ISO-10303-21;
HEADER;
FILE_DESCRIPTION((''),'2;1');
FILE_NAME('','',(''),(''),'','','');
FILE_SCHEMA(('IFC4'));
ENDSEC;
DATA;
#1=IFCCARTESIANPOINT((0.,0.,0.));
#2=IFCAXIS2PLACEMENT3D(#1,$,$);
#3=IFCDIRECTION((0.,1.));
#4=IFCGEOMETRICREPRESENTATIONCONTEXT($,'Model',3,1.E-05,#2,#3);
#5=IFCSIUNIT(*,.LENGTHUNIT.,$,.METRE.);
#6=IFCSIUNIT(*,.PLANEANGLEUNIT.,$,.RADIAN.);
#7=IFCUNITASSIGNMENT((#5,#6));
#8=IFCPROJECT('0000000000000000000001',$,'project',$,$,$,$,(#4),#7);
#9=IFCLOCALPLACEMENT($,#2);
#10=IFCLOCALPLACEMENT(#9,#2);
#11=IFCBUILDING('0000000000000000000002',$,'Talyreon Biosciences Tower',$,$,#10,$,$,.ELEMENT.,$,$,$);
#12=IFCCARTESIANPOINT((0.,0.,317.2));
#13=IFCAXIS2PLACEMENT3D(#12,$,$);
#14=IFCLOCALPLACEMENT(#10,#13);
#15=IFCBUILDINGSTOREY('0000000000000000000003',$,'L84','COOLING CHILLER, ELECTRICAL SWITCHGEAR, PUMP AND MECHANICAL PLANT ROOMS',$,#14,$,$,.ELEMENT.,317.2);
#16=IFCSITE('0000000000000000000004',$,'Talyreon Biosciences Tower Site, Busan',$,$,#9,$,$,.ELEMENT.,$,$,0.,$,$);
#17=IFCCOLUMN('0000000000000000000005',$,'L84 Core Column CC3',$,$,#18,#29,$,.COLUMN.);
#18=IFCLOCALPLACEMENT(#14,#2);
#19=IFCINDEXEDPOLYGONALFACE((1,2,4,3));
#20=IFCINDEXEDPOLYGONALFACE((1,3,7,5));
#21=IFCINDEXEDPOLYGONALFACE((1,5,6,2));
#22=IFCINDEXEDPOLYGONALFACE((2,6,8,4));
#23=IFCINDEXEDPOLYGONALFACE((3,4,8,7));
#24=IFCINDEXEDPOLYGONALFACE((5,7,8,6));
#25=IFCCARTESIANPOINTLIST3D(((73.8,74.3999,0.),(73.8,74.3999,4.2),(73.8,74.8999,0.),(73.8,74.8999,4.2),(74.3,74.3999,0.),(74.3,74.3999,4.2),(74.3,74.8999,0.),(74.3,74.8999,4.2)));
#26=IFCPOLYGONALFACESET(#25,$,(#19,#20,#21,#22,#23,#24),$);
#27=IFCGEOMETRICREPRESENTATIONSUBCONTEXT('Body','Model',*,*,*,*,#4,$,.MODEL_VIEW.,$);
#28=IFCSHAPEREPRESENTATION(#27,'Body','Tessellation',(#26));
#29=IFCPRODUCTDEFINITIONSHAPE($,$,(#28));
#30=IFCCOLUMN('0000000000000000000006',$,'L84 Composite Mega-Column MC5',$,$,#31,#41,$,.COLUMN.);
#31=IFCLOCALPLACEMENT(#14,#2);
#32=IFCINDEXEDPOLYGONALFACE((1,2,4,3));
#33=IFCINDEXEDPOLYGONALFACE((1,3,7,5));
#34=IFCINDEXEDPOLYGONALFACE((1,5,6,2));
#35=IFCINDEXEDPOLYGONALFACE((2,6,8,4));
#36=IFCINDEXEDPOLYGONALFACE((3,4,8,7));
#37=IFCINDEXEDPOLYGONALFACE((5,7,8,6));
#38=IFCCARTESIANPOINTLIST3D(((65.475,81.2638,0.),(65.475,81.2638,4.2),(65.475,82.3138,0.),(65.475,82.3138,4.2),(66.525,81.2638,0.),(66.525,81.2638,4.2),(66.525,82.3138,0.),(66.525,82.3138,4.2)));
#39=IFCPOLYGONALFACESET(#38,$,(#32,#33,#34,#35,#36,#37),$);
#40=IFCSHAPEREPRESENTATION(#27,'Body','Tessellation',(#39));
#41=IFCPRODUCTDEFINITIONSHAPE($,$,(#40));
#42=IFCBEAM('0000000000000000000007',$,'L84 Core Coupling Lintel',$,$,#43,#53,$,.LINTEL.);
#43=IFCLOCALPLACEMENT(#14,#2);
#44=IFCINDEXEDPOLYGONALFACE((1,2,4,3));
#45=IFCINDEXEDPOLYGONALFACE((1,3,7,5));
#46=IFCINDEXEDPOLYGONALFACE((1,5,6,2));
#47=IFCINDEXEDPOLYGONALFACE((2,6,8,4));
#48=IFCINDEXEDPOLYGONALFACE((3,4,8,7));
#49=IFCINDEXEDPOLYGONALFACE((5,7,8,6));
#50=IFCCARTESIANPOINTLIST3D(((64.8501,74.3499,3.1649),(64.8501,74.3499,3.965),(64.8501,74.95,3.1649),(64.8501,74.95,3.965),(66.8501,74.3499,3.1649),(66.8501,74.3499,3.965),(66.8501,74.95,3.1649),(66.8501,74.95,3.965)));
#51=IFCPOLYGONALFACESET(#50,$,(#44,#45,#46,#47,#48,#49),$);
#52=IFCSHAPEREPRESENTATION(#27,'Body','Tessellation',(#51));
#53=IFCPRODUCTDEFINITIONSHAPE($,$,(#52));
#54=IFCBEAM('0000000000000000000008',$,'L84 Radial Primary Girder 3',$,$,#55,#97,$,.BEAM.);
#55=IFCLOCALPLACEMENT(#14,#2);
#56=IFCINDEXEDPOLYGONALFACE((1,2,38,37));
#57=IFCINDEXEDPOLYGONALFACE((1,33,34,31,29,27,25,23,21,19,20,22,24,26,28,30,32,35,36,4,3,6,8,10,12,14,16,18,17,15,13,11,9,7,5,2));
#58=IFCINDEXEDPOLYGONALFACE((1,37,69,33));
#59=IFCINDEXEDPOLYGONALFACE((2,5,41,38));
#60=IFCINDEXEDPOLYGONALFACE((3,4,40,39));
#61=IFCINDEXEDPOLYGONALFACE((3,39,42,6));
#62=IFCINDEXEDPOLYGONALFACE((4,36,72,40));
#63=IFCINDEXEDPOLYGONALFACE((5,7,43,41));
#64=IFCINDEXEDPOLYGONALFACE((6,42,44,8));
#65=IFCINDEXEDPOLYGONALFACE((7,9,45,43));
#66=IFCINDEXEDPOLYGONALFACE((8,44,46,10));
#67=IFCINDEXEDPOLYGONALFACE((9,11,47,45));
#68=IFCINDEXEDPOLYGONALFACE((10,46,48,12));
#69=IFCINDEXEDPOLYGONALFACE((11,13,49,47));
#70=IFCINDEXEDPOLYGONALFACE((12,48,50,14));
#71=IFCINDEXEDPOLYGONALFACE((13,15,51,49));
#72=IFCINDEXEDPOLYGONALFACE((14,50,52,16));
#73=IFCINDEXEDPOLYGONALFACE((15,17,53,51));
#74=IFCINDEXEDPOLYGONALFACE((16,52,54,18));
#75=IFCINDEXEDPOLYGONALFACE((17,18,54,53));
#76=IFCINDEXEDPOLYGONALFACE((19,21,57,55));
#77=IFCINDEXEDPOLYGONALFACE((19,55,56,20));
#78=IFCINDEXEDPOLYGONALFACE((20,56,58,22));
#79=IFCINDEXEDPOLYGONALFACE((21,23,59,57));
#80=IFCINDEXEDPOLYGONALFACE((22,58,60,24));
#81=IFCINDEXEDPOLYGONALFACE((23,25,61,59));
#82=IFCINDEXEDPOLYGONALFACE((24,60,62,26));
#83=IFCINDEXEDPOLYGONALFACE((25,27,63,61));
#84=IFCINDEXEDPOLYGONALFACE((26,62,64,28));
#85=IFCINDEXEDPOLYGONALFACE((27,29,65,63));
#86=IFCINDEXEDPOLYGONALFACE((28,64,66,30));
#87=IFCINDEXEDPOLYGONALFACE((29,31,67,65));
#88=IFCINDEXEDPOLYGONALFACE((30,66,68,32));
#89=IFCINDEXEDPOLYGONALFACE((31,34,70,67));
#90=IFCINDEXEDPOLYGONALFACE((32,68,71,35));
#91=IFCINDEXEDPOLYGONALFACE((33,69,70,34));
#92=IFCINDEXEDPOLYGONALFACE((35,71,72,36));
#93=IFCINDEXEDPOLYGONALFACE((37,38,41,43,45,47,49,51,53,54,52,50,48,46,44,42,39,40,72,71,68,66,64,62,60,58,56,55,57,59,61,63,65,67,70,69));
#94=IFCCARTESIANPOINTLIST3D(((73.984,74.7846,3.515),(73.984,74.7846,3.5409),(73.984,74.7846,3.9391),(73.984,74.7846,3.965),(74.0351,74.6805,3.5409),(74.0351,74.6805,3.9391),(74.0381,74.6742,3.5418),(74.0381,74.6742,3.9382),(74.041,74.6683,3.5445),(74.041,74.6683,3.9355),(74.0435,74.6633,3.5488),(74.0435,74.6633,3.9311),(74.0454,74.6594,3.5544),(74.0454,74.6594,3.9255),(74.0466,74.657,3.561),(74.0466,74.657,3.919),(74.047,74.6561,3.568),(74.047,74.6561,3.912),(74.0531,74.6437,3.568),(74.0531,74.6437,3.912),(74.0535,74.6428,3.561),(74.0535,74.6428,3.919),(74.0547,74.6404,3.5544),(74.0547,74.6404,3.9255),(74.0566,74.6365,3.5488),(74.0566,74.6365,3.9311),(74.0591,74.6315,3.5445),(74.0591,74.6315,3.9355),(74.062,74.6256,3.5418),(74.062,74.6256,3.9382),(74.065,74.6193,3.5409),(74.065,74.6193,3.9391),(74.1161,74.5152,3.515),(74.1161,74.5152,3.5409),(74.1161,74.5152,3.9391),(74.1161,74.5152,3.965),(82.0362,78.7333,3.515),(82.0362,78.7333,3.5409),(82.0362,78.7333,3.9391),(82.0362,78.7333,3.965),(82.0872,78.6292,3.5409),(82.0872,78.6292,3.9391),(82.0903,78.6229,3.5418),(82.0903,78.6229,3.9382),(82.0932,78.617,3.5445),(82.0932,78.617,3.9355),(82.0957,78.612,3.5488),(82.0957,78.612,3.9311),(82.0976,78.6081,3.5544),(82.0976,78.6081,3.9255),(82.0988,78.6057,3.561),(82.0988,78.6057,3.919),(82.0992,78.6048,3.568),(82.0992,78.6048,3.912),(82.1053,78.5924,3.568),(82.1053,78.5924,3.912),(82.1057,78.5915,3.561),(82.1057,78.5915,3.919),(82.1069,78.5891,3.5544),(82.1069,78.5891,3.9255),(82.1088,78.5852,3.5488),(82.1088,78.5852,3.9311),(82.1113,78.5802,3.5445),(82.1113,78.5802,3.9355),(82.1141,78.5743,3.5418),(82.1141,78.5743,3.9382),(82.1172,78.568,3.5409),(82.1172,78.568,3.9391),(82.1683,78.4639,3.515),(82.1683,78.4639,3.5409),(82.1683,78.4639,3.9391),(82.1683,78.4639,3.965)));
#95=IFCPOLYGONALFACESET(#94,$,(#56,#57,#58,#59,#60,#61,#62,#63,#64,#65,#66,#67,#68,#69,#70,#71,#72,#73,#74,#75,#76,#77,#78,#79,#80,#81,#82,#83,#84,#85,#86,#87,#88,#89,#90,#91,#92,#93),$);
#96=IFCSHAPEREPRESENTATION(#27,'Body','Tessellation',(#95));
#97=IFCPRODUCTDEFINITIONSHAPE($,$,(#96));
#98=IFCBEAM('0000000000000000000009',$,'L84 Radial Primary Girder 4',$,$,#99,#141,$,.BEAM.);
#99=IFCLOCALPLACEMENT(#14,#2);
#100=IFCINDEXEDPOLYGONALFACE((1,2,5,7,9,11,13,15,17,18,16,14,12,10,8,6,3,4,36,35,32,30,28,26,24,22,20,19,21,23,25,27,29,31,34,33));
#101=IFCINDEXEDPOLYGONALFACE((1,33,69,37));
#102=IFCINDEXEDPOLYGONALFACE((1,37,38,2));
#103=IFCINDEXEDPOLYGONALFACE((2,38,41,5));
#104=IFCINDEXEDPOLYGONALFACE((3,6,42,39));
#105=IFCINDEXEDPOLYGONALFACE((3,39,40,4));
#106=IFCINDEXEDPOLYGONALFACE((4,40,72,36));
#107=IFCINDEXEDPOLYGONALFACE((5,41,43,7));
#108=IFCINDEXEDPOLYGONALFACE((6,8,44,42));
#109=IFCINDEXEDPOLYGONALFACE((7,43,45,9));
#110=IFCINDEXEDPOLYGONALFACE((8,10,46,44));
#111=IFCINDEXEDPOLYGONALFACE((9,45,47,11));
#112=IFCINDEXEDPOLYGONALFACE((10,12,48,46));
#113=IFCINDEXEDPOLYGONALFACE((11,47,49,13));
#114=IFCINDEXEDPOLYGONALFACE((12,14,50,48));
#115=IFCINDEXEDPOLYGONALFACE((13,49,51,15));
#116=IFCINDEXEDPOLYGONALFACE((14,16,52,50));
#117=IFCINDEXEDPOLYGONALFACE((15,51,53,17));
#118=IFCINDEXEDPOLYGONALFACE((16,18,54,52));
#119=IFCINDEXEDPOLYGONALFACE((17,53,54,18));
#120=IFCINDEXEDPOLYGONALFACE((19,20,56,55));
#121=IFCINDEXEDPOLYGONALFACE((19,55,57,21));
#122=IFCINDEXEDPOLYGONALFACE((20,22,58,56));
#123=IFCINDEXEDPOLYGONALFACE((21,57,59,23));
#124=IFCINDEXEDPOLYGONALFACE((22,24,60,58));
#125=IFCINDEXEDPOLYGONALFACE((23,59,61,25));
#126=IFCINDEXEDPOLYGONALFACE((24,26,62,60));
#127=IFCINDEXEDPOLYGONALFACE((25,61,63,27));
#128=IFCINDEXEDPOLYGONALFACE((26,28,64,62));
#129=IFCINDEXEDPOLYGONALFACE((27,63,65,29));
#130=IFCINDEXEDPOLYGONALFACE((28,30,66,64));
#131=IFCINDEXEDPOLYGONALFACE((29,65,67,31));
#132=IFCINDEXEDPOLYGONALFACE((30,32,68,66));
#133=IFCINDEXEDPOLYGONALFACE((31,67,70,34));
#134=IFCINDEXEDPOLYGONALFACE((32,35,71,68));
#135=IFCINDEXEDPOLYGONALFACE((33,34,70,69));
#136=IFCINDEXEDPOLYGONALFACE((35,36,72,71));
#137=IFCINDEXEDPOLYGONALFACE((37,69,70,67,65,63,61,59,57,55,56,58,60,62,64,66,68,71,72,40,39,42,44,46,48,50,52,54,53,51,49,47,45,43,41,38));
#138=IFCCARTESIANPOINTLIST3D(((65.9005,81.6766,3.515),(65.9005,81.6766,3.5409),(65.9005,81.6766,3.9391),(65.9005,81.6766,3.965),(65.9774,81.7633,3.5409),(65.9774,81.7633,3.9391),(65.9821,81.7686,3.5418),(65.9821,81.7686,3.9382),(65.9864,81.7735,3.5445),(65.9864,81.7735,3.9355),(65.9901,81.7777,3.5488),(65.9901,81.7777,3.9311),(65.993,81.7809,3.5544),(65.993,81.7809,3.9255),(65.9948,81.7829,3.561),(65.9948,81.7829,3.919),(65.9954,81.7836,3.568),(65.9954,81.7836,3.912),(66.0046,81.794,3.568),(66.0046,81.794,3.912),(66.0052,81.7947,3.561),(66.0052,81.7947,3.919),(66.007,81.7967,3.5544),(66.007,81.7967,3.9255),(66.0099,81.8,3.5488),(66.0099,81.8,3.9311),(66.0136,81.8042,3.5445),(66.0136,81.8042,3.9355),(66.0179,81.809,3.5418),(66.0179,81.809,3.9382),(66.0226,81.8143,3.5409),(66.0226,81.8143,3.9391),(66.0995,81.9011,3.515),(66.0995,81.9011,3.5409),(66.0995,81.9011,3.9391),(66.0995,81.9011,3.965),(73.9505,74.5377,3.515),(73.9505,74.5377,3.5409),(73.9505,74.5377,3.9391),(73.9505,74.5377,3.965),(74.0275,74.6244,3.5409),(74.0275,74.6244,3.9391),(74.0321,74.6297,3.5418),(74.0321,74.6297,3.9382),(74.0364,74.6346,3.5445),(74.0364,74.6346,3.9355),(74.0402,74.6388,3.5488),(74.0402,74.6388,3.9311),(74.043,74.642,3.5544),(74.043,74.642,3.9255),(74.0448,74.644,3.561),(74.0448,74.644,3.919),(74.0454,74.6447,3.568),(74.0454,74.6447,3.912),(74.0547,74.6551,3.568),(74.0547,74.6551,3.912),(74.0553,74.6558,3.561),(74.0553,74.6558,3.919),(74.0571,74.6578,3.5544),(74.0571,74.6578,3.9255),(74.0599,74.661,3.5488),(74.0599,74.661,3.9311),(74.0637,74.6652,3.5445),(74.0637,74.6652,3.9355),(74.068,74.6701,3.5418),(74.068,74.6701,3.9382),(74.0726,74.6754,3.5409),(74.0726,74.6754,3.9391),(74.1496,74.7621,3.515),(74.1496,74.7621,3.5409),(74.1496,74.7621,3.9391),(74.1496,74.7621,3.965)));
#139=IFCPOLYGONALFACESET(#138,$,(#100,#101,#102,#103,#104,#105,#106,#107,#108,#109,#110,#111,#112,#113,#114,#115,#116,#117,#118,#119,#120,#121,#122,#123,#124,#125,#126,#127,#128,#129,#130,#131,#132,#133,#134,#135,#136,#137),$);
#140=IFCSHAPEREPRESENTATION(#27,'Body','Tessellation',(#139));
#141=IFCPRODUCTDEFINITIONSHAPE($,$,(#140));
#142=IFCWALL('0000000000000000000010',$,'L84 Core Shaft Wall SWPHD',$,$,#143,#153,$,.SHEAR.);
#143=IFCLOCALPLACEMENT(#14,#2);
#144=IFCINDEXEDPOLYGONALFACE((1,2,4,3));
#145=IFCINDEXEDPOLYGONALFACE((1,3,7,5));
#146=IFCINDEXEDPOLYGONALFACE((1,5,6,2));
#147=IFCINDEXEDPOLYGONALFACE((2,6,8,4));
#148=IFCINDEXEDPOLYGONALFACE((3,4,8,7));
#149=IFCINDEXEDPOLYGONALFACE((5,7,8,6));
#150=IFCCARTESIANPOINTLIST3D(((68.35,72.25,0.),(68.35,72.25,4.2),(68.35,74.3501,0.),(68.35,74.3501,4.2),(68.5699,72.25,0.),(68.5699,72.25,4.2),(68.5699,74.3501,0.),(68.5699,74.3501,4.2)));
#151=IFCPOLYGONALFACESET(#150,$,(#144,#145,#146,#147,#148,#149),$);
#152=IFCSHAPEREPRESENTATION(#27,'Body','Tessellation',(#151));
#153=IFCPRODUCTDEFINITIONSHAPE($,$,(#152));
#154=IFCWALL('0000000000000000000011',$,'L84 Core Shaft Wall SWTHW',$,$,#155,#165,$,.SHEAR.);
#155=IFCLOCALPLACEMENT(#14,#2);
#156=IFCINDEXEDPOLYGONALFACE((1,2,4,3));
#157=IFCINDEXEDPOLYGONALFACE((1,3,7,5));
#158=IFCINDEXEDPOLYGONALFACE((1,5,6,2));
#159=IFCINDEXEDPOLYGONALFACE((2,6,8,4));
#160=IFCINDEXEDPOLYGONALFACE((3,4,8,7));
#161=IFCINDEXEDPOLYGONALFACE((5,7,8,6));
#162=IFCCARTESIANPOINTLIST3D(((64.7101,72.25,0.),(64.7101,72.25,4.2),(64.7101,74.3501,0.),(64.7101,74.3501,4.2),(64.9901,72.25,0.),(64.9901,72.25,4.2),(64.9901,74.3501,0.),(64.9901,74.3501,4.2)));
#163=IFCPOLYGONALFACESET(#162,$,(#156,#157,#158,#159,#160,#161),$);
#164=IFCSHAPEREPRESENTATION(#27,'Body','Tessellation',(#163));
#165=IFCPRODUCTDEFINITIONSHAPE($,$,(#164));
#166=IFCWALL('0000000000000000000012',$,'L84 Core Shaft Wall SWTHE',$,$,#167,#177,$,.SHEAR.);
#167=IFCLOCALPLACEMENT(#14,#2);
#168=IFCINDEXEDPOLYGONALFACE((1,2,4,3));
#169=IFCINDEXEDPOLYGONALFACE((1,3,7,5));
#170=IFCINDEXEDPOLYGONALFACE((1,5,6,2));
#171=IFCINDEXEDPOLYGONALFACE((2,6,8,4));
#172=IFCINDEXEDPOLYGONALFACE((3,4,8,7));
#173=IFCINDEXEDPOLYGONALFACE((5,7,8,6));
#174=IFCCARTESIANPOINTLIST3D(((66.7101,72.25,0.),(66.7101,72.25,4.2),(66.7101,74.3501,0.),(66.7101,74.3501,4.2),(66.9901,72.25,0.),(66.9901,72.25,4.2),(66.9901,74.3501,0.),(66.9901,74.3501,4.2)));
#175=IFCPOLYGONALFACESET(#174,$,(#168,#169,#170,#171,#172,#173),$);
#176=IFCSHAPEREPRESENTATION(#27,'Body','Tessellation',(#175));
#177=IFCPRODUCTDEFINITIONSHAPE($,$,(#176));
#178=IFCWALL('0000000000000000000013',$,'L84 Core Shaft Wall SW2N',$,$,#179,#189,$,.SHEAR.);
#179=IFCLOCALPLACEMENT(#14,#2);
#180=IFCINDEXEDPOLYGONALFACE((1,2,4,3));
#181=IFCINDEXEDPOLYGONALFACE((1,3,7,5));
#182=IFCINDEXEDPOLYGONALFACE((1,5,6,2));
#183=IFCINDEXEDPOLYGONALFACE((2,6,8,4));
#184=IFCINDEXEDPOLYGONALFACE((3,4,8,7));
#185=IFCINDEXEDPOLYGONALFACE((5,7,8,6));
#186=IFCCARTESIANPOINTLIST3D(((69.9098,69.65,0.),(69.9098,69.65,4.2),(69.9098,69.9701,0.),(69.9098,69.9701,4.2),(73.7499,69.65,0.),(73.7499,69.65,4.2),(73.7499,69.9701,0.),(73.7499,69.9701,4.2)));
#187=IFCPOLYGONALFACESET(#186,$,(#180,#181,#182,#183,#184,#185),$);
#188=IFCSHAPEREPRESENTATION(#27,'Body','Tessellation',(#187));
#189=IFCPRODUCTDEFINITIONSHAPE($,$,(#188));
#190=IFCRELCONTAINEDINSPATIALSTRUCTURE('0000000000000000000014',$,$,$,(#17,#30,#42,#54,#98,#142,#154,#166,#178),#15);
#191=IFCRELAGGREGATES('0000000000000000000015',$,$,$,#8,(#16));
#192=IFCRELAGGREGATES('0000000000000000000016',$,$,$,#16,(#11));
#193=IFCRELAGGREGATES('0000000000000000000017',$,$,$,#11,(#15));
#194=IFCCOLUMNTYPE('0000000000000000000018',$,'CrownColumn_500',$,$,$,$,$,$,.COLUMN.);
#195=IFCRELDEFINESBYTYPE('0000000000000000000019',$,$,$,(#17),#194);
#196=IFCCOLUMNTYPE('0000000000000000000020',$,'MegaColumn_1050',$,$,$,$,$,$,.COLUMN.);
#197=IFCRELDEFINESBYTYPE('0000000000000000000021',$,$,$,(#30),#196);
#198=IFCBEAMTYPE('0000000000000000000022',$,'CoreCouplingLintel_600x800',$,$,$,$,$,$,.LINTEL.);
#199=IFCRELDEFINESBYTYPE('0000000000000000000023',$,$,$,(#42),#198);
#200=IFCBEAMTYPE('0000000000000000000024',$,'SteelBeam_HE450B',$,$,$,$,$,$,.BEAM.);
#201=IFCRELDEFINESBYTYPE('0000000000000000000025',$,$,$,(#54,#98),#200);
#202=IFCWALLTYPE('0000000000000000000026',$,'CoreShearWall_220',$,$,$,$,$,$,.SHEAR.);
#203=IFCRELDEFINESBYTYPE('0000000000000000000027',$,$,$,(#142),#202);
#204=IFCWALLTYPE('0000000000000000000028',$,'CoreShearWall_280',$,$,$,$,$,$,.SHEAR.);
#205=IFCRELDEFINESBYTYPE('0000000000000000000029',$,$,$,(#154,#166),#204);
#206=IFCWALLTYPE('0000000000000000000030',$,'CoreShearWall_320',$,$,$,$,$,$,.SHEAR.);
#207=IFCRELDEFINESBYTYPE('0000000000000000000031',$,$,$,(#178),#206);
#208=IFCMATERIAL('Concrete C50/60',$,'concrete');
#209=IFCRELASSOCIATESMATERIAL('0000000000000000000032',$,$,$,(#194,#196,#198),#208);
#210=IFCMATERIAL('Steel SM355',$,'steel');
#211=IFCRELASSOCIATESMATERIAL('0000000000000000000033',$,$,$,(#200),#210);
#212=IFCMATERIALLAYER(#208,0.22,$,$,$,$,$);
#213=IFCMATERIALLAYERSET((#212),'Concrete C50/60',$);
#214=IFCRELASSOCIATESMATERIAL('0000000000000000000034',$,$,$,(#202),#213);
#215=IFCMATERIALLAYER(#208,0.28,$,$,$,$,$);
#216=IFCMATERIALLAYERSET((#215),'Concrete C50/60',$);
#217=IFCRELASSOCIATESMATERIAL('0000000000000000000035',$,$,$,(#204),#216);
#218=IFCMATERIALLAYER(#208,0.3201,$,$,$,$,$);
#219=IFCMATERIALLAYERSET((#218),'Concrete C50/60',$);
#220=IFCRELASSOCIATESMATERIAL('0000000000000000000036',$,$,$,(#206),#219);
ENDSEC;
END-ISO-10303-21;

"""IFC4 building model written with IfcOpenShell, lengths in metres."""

from ifc_helpers import new_model, si_unit, direction, frame, frame_2d, origin, origin_2d, place, context, subcontext, project, spatial, rectangle, i_section, extrude, material, layer, layer_set, material_profile, profile_set, type_object, element, save


model = new_model("IFC4")

# Units and contexts
model_context = context("Model", 3, precision=1e-05, world=origin(), true_north=direction((0.0, 1.0)))
body_context = subcontext(model_context, "Body", "Model", "MODEL_VIEW")
ifc_project = project(units=[si_unit("LENGTHUNIT", "METRE"), si_unit("PLANEANGLEUNIT", "RADIAN")], contexts=[model_context])

# Site, building, storey
site_placement = place(None, origin())
site = spatial("IfcSite", under=ifc_project, at=site_placement, Name="Talyreon Biosciences Tower Site, Busan", CompositionType="ELEMENT", RefElevation=0.0)
building_placement = place(site_placement, origin())
building = spatial("IfcBuilding", under=site, at=building_placement, Name="Talyreon Biosciences Tower", CompositionType="ELEMENT")
storey_placement = place(building_placement, frame((0.0, 0.0, 317.2)))
storey = spatial("IfcBuildingStorey", under=building, at=storey_placement, Name="L84", Description="COOLING CHILLER, ELECTRICAL SWITCHGEAR, PUMP AND MECHANICAL PLANT ROOMS", CompositionType="ELEMENT", Elevation=317.2)

# Columns
ifc_material_1 = material(Name="Concrete C50/60", Category="concrete")
ifc_material_profile_1 = material_profile(ifc_material_1, rectangle(XDim=0.5, YDim=0.5, at=origin_2d()), Name="RC 500x500")
ifc_profile_set_1 = profile_set([ifc_material_profile_1], Name="Concrete C50/60")
column_type_1 = type_object("IfcColumnType", Name="CrownColumn_500", PredefinedType="COLUMN", material=ifc_profile_set_1)
column_1_placement = place(storey_placement, frame((74.05, 74.6499, 0.0), z_axis=(0.0, 0.0, 1.0), x_axis=(1.0, 0.0, 0.0)))
element("IfcColumn", 1, at=column_1_placement, inside=storey, type_object=column_type_1, Name="L84 Core Column CC3", PredefinedType="COLUMN", context=body_context, shape_type="SweptSolid", body=[
    extrude(rectangle(XDim=0.5, YDim=0.5, at=origin_2d()), origin(), (0.0, 0.0, 1.0), 4.2),
])
ifc_material_profile_2 = material_profile(ifc_material_1, rectangle(XDim=1.05, YDim=1.05, at=origin_2d()), Name="RC 1050x1050")
ifc_profile_set_2 = profile_set([ifc_material_profile_2], Name="Concrete C50/60")
column_type_2 = type_object("IfcColumnType", Name="MegaColumn_1050", PredefinedType="COLUMN", material=ifc_profile_set_2)
column_2_placement = place(storey_placement, frame((66.0, 81.7888, 0.0), z_axis=(0.0, 0.0, 1.0), x_axis=(1.0, 0.0, 0.0)))
element("IfcColumn", 2, at=column_2_placement, inside=storey, type_object=column_type_2, Name="L84 Composite Mega-Column MC5", PredefinedType="COLUMN", context=body_context, shape_type="SweptSolid", body=[
    extrude(rectangle(XDim=1.05, YDim=1.05, at=origin_2d()), origin(), (0.0, 0.0, 1.0), 4.2),
])

# Beams
ifc_material_profile_3 = material_profile(ifc_material_1, rectangle(XDim=0.6001, YDim=0.8, at=origin_2d()), Name="RCB 600x800")
ifc_profile_set_3 = profile_set([ifc_material_profile_3], Name="Concrete C50/60")
beam_type_1 = type_object("IfcBeamType", Name="CoreCouplingLintel_600x800", PredefinedType="LINTEL", material=ifc_profile_set_3)
beam_1_placement = place(storey_placement, frame((64.8501, 74.6499, 3.5649), z_axis=(1.0, 0.0, 0.0), x_axis=(0.0, 1.0, 0.0)))
element("IfcBeam", 3, at=beam_1_placement, inside=storey, type_object=beam_type_1, Name="L84 Core Coupling Lintel", PredefinedType="LINTEL", context=body_context, shape_type="SweptSolid", body=[
    extrude(rectangle(XDim=0.6001, YDim=0.8, at=origin_2d()), origin(), (0.0, 0.0, 1.0), 2.0),
])
ifc_material_2 = material(Name="Steel SM355", Category="steel")
ifc_material_profile_4 = material_profile(ifc_material_2, i_section(OverallWidth=0.3, OverallDepth=0.45, WebThickness=0.0139, FlangeThickness=0.0259, FilletRadius=0.0271, at=origin_2d()), Name="HE450B")
ifc_profile_set_4 = profile_set([ifc_material_profile_4], Name="Steel SM355")
beam_type_2 = type_object("IfcBeamType", Name="SteelBeam_HE450B", PredefinedType="BEAM", material=ifc_profile_set_4)
beam_2_placement = place(storey_placement, frame((74.05, 74.6499, 3.74), z_axis=(0.897852, 0.440297, 0.0), x_axis=(-0.440297, 0.897852, 0.0)))
element("IfcBeam", 4, at=beam_2_placement, inside=storey, type_object=beam_type_2, Name="L84 Radial Primary Girder 3", PredefinedType="BEAM", context=body_context, shape_type="SweptSolid", body=[
    extrude(i_section(OverallWidth=0.3, OverallDepth=0.45, WebThickness=0.0139, FlangeThickness=0.0259, FilletRadius=0.0271, at=origin_2d()), origin(), (0.0, 0.0, 1.0), 8.9683),
])
beam_3_placement = place(storey_placement, frame((74.05, 74.6499, 3.74), z_axis=(-0.748179, 0.663497, 0.0), x_axis=(-0.663497, -0.748179, 0.0)))
element("IfcBeam", 5, at=beam_3_placement, inside=storey, type_object=beam_type_2, Name="L84 Radial Primary Girder 4", PredefinedType="BEAM", context=body_context, shape_type="SweptSolid", body=[
    extrude(i_section(OverallWidth=0.3, OverallDepth=0.45, WebThickness=0.0139, FlangeThickness=0.0259, FilletRadius=0.0271, at=origin_2d()), origin(), (0.0, 0.0, 1.0), 10.7595),
])

# Walls
ifc_layer_1 = layer(ifc_material_1, 0.22)
ifc_layer_set_1 = layer_set([ifc_layer_1], Name="Concrete C50/60")
wall_type_1 = type_object("IfcWallType", Name="CoreShearWall_220", PredefinedType="SHEAR", material=ifc_layer_set_1)
wall_1_placement = place(storey_placement, frame((68.46, 72.25, 0.0), z_axis=(0.0, 0.0, 1.0), x_axis=(0.0, 1.0, 0.0)))
element("IfcWall", 6, at=wall_1_placement, inside=storey, type_object=wall_type_1, Name="L84 Core Shaft Wall SWPHD", PredefinedType="SHEAR", context=body_context, shape_type="SweptSolid", body=[
    extrude(rectangle(XDim=2.1001, YDim=0.22, at=frame_2d((1.05, 0.0))), origin(), (0.0, 0.0, 1.0), 4.2),
])
ifc_layer_2 = layer(ifc_material_1, 0.28)
ifc_layer_set_2 = layer_set([ifc_layer_2], Name="Concrete C50/60")
wall_type_2 = type_object("IfcWallType", Name="CoreShearWall_280", PredefinedType="SHEAR", material=ifc_layer_set_2)
for number, where, z_axis, x_axis, name in (
    (7, (64.8501, 72.25, 0.0), (0.0, 0.0, 1.0), (0.0, 1.0, 0.0), "L84 Core Shaft Wall SWTHW"),
    (8, (66.8501, 72.25, 0.0), (0.0, 0.0, 1.0), (0.0, 1.0, 0.0), "L84 Core Shaft Wall SWTHE"),
):
    element("IfcWall", number, at=place(storey_placement, frame(where, z_axis=z_axis, x_axis=x_axis)), inside=storey, type_object=wall_type_2, Name=name, PredefinedType="SHEAR", context=body_context, shape_type="SweptSolid", body=[
        extrude(rectangle(XDim=2.1001, YDim=0.28, at=frame_2d((1.05, 0.0))), origin(), (0.0, 0.0, 1.0), 4.2),
    ])
ifc_layer_3 = layer(ifc_material_1, 0.3201)
ifc_layer_set_3 = layer_set([ifc_layer_3], Name="Concrete C50/60")
wall_type_3 = type_object("IfcWallType", Name="CoreShearWall_320", PredefinedType="SHEAR", material=ifc_layer_set_3)
wall_2_placement = place(storey_placement, frame((69.9099, 69.8101, 0.0), z_axis=(0.0, 0.0, 1.0), x_axis=(1.0, 0.0, 0.0)))
element("IfcWall", 9, at=wall_2_placement, inside=storey, type_object=wall_type_3, Name="L84 Core Shaft Wall SW2N", PredefinedType="SHEAR", context=body_context, shape_type="SweptSolid", body=[
    extrude(rectangle(XDim=3.8401, YDim=0.3201, at=frame_2d((1.9199, 0.0))), origin(), (0.0, 0.0, 1.0), 4.2),
])

save(model, "model.ifc")
